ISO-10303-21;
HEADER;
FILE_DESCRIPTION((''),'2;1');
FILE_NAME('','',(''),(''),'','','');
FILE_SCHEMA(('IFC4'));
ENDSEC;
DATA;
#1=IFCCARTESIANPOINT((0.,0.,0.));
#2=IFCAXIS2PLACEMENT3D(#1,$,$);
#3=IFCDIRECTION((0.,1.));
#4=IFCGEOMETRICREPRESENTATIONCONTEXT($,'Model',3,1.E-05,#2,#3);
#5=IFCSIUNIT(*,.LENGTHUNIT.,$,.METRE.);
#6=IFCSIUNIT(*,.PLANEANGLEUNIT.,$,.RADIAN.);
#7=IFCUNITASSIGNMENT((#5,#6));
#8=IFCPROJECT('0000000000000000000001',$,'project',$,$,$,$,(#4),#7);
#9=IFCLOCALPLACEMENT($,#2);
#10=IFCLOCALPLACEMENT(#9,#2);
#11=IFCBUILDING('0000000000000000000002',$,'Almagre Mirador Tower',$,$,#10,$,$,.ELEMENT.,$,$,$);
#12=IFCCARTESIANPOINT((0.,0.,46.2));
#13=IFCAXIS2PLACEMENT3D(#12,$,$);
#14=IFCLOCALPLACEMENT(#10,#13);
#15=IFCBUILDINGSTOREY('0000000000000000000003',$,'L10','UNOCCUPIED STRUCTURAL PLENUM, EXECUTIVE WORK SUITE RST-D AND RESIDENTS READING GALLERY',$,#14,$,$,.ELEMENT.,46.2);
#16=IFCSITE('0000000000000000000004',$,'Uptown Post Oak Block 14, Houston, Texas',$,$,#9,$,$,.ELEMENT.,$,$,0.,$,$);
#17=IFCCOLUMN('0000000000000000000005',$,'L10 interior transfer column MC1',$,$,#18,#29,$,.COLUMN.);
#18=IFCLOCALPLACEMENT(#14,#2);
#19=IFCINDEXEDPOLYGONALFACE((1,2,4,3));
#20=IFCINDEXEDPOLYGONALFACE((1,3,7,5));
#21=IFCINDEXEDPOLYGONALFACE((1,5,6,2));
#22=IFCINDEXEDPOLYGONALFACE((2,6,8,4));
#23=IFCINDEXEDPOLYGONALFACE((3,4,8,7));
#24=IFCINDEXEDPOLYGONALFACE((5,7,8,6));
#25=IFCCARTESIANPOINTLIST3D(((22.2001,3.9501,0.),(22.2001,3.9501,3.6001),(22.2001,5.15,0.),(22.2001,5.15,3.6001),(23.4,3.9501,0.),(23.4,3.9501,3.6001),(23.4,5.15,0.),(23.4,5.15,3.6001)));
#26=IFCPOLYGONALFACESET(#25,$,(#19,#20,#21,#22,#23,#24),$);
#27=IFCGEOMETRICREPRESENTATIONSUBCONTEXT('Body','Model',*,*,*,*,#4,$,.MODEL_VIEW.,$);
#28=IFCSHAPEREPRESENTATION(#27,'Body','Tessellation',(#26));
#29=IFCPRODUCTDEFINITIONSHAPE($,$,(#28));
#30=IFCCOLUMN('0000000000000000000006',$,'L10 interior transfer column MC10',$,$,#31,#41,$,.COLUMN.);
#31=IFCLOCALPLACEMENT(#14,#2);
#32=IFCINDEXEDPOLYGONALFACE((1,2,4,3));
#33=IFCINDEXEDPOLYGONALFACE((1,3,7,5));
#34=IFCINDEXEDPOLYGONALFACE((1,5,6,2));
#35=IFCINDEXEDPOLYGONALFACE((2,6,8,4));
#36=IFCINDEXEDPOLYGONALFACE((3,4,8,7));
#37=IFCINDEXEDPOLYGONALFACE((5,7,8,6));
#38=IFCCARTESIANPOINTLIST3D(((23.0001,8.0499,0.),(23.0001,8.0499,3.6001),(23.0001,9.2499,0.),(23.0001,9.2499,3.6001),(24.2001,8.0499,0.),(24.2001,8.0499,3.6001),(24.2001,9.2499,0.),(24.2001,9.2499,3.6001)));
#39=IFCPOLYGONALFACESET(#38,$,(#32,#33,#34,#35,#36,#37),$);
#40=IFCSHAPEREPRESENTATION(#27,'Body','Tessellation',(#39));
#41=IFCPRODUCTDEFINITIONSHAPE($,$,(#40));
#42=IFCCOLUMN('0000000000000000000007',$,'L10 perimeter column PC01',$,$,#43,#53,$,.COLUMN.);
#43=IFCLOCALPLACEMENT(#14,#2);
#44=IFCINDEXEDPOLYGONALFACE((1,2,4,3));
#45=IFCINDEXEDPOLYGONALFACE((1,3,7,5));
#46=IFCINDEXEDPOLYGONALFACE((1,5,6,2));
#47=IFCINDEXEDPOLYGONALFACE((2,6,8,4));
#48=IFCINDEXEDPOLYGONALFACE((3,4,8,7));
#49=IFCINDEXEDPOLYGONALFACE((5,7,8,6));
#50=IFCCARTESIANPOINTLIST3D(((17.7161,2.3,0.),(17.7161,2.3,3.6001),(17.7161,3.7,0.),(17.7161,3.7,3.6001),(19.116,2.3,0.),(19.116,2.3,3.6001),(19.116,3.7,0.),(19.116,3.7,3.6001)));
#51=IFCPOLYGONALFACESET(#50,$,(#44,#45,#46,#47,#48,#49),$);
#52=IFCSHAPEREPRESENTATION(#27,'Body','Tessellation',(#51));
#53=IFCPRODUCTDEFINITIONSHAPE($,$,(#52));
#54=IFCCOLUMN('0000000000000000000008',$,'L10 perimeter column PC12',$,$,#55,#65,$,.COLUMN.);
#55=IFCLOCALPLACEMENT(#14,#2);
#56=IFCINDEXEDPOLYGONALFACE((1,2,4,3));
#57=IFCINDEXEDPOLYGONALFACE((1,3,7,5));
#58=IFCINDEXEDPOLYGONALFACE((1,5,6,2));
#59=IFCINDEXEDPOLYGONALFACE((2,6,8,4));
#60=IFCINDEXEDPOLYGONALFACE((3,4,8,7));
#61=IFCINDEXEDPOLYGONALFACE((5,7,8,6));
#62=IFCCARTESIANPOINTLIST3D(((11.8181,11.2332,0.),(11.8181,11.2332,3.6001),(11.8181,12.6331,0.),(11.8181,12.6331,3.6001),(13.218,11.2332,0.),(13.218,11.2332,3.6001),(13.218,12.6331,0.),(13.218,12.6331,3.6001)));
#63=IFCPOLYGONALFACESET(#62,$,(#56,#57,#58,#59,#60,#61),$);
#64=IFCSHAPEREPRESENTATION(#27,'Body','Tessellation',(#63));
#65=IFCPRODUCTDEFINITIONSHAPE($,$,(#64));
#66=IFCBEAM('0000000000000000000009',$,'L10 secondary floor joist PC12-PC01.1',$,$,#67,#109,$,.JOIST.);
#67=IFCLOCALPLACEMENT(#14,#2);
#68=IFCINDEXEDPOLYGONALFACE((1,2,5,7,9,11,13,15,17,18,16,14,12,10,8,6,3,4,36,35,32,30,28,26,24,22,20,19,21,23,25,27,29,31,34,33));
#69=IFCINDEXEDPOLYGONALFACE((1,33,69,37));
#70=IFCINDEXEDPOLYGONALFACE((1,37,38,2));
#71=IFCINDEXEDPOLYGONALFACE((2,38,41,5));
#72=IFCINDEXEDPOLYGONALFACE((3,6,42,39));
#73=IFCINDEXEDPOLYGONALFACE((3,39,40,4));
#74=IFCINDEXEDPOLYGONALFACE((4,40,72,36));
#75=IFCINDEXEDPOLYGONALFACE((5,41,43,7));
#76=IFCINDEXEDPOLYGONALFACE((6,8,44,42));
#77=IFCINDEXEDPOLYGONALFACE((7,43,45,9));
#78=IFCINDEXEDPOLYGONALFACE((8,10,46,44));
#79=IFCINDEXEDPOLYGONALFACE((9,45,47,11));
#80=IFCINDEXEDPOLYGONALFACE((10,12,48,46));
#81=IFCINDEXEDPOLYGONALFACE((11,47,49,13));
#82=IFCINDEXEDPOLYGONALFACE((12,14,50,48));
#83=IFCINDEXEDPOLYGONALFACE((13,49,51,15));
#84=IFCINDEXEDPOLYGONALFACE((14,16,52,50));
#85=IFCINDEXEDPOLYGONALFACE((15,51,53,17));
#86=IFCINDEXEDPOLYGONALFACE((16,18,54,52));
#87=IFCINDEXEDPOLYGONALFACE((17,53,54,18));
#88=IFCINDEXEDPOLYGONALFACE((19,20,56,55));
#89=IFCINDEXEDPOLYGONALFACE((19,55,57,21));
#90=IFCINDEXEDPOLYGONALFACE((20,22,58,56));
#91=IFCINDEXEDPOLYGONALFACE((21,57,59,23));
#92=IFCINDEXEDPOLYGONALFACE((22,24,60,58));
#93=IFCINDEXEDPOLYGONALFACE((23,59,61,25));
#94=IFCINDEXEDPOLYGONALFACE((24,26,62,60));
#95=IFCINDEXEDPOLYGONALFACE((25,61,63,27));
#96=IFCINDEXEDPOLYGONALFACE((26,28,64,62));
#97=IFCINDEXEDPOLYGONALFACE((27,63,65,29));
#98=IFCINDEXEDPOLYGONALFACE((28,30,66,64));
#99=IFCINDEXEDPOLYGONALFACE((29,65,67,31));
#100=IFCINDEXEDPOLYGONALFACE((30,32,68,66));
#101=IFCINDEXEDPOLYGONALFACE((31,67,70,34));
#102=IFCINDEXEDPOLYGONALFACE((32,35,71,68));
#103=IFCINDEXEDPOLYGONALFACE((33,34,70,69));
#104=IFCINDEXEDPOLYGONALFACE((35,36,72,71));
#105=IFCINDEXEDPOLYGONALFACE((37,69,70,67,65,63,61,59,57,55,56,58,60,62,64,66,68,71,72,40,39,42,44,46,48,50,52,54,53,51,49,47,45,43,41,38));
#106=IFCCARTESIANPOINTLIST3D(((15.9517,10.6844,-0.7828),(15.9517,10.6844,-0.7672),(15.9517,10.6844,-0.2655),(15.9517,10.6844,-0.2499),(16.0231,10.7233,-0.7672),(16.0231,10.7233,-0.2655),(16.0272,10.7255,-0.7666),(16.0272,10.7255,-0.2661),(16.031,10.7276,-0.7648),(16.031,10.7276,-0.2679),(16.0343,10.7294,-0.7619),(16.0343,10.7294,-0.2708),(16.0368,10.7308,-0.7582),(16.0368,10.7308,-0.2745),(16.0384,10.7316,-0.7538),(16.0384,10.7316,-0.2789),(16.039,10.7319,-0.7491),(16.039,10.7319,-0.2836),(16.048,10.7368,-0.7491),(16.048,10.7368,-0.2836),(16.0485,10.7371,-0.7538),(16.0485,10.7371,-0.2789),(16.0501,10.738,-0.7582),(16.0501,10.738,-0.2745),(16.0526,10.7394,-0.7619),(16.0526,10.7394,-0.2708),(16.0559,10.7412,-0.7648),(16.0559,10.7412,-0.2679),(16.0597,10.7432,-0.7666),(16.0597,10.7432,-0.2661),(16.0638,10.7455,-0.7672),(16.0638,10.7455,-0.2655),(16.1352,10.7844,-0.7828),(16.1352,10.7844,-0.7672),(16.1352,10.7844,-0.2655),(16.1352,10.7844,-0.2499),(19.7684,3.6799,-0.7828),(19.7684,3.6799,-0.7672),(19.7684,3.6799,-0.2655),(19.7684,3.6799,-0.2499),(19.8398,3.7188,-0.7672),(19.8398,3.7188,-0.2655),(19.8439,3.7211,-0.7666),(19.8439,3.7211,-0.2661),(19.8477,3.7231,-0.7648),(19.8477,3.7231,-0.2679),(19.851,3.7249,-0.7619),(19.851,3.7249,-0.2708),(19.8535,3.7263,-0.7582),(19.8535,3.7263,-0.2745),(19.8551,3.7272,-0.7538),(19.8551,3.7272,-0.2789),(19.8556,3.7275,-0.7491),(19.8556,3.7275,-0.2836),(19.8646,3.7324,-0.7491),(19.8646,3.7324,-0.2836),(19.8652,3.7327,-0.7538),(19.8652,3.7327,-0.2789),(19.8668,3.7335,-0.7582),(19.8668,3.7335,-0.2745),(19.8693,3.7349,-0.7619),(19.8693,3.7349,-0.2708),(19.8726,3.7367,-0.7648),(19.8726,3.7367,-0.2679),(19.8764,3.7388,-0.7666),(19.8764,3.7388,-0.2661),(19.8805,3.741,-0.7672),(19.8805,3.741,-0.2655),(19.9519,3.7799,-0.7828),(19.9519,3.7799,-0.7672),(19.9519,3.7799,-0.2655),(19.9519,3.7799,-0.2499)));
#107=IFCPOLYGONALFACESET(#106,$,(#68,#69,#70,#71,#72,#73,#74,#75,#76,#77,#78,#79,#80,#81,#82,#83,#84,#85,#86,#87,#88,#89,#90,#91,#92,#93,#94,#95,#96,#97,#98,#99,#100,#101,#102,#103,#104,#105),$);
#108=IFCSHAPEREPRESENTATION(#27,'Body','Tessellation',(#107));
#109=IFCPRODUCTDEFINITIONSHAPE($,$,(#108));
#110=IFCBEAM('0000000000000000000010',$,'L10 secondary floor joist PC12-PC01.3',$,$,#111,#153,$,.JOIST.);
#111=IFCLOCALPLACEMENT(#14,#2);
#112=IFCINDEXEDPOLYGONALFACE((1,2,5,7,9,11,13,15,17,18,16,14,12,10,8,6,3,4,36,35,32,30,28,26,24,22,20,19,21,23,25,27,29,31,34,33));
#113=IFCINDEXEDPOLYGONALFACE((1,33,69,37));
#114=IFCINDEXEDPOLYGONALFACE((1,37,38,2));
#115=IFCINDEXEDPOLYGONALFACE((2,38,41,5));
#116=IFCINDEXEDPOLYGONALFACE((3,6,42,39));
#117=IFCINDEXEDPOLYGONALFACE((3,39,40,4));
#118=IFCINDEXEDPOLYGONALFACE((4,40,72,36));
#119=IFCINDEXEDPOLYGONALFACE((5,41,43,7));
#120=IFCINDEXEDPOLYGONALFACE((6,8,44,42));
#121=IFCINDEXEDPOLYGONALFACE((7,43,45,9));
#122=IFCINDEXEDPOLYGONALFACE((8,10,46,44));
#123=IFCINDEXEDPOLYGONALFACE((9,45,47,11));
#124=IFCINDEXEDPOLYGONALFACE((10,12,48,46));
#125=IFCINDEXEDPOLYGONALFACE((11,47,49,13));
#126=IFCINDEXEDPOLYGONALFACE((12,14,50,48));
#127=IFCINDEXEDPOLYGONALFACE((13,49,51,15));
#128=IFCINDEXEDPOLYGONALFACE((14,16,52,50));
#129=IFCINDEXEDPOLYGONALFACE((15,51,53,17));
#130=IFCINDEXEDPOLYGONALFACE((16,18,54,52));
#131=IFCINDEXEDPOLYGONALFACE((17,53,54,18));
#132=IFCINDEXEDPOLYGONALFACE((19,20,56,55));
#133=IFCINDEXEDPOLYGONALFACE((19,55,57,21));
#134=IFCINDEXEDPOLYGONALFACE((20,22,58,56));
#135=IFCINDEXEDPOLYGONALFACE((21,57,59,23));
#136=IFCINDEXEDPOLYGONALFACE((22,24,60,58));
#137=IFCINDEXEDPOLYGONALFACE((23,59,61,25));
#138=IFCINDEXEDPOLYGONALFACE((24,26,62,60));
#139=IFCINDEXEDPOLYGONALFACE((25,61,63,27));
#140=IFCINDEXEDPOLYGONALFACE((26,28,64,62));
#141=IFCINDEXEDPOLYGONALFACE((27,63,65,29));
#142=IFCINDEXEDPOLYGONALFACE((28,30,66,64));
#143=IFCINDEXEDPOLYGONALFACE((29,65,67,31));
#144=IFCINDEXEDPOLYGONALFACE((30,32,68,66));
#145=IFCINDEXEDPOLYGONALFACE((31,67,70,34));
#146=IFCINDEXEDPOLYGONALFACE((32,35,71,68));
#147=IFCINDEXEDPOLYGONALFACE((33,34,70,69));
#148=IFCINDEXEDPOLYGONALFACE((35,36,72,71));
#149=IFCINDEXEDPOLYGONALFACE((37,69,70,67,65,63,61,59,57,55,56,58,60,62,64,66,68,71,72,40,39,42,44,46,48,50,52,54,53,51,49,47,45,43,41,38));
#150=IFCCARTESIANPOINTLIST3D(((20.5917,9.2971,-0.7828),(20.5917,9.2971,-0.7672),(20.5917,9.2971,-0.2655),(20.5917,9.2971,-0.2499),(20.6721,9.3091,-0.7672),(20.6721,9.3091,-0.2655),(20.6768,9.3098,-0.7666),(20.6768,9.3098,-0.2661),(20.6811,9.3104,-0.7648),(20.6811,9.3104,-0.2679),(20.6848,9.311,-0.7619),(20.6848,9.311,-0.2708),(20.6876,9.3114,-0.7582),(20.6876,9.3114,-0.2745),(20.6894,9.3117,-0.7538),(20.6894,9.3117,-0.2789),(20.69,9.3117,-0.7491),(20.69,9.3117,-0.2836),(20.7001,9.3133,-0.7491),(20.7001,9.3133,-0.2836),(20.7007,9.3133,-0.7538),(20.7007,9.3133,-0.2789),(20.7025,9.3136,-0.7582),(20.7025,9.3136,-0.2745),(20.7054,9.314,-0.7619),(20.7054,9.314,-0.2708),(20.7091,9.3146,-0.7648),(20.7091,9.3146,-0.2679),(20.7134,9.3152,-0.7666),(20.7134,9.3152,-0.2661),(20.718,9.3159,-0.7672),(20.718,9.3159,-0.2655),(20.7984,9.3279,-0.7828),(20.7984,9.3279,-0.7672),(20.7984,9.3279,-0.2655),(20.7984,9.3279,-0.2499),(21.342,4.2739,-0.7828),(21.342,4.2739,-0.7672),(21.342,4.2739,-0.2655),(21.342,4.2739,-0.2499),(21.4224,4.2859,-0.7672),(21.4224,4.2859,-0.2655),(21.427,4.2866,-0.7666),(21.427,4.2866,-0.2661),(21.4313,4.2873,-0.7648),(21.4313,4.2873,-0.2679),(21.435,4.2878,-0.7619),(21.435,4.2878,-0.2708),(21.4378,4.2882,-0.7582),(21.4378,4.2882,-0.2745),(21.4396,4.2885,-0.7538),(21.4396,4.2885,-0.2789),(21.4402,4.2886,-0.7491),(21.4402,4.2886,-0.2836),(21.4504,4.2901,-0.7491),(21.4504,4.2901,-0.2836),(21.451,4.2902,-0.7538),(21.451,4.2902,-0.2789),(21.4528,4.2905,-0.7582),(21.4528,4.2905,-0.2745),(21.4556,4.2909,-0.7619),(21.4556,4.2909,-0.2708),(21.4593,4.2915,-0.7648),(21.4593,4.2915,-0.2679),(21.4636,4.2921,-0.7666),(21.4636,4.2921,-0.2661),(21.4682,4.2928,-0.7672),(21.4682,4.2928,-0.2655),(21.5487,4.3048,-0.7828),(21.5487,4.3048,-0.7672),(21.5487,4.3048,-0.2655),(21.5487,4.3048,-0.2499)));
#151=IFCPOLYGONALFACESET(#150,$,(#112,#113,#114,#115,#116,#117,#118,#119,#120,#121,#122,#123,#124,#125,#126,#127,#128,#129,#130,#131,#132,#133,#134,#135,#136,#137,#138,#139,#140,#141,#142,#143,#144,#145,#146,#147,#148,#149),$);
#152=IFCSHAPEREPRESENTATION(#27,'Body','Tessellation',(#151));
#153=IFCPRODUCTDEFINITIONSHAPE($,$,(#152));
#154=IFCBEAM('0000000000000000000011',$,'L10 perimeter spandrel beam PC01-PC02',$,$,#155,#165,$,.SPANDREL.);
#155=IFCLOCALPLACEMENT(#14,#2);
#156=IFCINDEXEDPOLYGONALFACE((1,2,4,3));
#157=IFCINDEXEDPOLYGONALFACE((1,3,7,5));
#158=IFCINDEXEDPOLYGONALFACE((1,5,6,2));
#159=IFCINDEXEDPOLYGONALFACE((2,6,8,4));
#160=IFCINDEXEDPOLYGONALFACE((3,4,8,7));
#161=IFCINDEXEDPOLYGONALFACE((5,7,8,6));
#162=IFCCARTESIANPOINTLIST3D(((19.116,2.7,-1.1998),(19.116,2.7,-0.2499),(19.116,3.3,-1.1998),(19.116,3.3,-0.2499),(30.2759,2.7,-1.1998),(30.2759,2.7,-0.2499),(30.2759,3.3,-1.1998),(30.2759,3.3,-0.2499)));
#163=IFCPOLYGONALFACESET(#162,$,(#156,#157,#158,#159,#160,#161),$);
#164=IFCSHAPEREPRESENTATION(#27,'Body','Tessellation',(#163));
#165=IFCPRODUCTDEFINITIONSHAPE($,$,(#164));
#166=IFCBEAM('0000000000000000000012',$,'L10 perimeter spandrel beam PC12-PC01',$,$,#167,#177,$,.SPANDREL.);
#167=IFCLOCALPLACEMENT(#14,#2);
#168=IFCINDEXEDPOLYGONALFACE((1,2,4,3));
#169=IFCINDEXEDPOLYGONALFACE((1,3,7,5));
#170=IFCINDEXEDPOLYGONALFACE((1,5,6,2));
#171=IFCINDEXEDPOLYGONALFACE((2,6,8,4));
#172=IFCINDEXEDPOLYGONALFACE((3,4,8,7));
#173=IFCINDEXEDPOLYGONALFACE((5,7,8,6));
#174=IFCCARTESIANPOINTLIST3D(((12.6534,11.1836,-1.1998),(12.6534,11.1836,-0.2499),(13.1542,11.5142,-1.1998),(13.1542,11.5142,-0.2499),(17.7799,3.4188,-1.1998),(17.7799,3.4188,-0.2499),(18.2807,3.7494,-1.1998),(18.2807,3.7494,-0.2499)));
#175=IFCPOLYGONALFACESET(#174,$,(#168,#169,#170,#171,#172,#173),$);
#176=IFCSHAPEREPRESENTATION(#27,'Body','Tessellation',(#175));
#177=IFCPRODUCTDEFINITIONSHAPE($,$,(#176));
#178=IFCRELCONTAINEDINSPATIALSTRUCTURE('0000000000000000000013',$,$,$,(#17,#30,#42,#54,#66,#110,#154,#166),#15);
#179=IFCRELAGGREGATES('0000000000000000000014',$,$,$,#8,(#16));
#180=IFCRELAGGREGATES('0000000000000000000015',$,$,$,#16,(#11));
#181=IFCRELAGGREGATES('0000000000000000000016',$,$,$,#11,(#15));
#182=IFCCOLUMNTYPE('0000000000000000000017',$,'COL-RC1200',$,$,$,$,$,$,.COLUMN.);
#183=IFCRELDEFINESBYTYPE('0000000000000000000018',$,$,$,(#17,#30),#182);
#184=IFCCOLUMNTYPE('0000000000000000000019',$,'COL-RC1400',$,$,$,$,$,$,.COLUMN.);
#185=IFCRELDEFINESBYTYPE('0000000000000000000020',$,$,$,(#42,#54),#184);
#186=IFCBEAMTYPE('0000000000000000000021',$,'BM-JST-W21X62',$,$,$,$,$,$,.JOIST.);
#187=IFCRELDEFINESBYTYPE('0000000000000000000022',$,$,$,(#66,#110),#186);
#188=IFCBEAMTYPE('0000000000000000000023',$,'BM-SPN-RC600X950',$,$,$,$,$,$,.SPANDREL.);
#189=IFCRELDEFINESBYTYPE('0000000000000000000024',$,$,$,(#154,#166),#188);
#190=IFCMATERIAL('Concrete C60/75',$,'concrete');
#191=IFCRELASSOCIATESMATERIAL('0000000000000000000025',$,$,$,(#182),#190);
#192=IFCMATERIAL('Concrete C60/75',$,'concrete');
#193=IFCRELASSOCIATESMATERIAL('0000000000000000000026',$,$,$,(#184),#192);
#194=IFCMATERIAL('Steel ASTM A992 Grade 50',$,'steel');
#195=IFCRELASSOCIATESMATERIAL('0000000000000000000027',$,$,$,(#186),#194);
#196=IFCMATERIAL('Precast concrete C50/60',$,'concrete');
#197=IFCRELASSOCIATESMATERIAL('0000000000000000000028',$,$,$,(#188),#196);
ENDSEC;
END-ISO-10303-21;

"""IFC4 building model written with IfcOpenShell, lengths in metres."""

from ifc_helpers import new_model, si_unit, direction, frame, origin, origin_2d, place, context, subcontext, project, spatial, rectangle, i_section, extrude, material, material_profile, profile_set, type_object, element, save


model = new_model("IFC4")

# Units and contexts
model_context = context("Model", 3, precision=1e-05, world=origin(), true_north=direction((0.0, 1.0)))
body_context = subcontext(model_context, "Body", "Model", "MODEL_VIEW")
ifc_project = project(units=[si_unit("LENGTHUNIT", "METRE"), si_unit("PLANEANGLEUNIT", "RADIAN")], contexts=[model_context])

# Site, building, storey
site_placement = place(None, origin())
site = spatial("IfcSite", under=ifc_project, at=site_placement, Name="Uptown Post Oak Block 14, Houston, Texas", CompositionType="ELEMENT", RefElevation=0.0)
building_placement = place(site_placement, origin())
building = spatial("IfcBuilding", under=site, at=building_placement, Name="Almagre Mirador Tower", CompositionType="ELEMENT")
storey_placement = place(building_placement, frame((0.0, 0.0, 46.2)))
storey = spatial("IfcBuildingStorey", under=building, at=storey_placement, Name="L10", Description="UNOCCUPIED STRUCTURAL PLENUM, EXECUTIVE WORK SUITE RST-D AND RESIDENTS READING GALLERY", CompositionType="ELEMENT", Elevation=46.2)

# Columns
ifc_material_1 = material(Name="Concrete C60/75", Category="concrete")
ifc_material_profile_1 = material_profile(ifc_material_1, rectangle(XDim=1.2, YDim=1.2, at=origin_2d()), Name="RC1200X1200")
ifc_profile_set_1 = profile_set([ifc_material_profile_1], Name="Concrete C60/75")
column_type_1 = type_object("IfcColumnType", Name="COL-RC1200", PredefinedType="COLUMN", material=ifc_profile_set_1)
for number, where, z_axis, x_axis, name in (
    (1, (22.8, 4.55, 0.0), (0.0, 0.0, 1.0), (1.0, 0.0, 0.0), "L10 interior transfer column MC1"),
    (2, (23.6001, 8.6499, 0.0), (0.0, 0.0, 1.0), (1.0, 0.0, 0.0), "L10 interior transfer column MC10"),
):
    element("IfcColumn", number, at=place(storey_placement, frame(where, z_axis=z_axis, x_axis=x_axis)), inside=storey, type_object=column_type_1, Name=name, PredefinedType="COLUMN", context=body_context, shape_type="SweptSolid", body=[
        extrude(rectangle(XDim=1.2, YDim=1.2, at=origin_2d()), origin(), (0.0, 0.0, 1.0), 3.6001),
    ])
ifc_material_2 = material(Name="Concrete C60/75", Category="concrete")
ifc_material_profile_2 = material_profile(ifc_material_2, rectangle(XDim=1.3999, YDim=1.3999, at=origin_2d()), Name="RC1400X1400")
ifc_profile_set_2 = profile_set([ifc_material_profile_2], Name="Concrete C60/75")
column_type_2 = type_object("IfcColumnType", Name="COL-RC1400", PredefinedType="COLUMN", material=ifc_profile_set_2)
for number, where, z_axis, x_axis, name in (
    (3, (18.416, 3.0, 0.0), (0.0, 0.0, 1.0), (1.0, 0.0, 0.0), "L10 perimeter column PC01"),
    (4, (12.5181, 11.9331, 0.0), (0.0, 0.0, 1.0), (1.0, 0.0, 0.0), "L10 perimeter column PC12"),
):
    element("IfcColumn", number, at=place(storey_placement, frame(where, z_axis=z_axis, x_axis=x_axis)), inside=storey, type_object=column_type_2, Name=name, PredefinedType="COLUMN", context=body_context, shape_type="SweptSolid", body=[
        extrude(rectangle(XDim=1.3999, YDim=1.3999, at=origin_2d()), origin(), (0.0, 0.0, 1.0), 3.6001),
    ])

# Beams
ifc_material_3 = material(Name="Steel ASTM A992 Grade 50", Category="steel")
ifc_material_profile_3 = material_profile(ifc_material_3, i_section(OverallWidth=0.209, OverallDepth=0.533, WebThickness=0.0103, FlangeThickness=0.0156, FilletRadius=0.0181, at=origin_2d()), Name="W21X62")
ifc_profile_set_3 = profile_set([ifc_material_profile_3], Name="Steel ASTM A992 Grade 50")
beam_type_1 = type_object("IfcBeamType", Name="BM-JST-W21X62", PredefinedType="JOIST", material=ifc_profile_set_3)
beam_1_placement = place(storey_placement, frame((16.0435, 10.7344, -0.5164), z_axis=(0.478473, -0.878103, 0.0), x_axis=(0.878103, 0.478473, 0.0)))
element("IfcBeam", 5, at=beam_1_placement, inside=storey, type_object=beam_type_1, Name="L10 secondary floor joist PC12-PC01.1", PredefinedType="JOIST", context=body_context, shape_type="SweptSolid", body=[
    extrude(i_section(OverallWidth=0.209, OverallDepth=0.533, WebThickness=0.0103, FlangeThickness=0.0156, FilletRadius=0.0181, at=origin_2d()), origin(), (0.0, 0.0, 1.0), 7.9768),
])
beam_2_placement = place(storey_placement, frame((20.6951, 9.3125, -0.5164), z_axis=(0.147718, -0.98903, 0.0), x_axis=(0.98903, 0.147718, 0.0)))
element("IfcBeam", 6, at=beam_2_placement, inside=storey, type_object=beam_type_1, Name="L10 secondary floor joist PC12-PC01.3", PredefinedType="JOIST", context=body_context, shape_type="SweptSolid", body=[
    extrude(i_section(OverallWidth=0.209, OverallDepth=0.533, WebThickness=0.0103, FlangeThickness=0.0156, FilletRadius=0.0181, at=origin_2d()), origin(), (0.0, 0.0, 1.0), 5.0789),
])
ifc_material_4 = material(Name="Precast concrete C50/60", Category="concrete")
ifc_material_profile_4 = material_profile(ifc_material_4, rectangle(XDim=0.6001, YDim=0.95, at=origin_2d()), Name="RC600X950")
ifc_profile_set_4 = profile_set([ifc_material_profile_4], Name="Precast concrete C50/60")
beam_type_2 = type_object("IfcBeamType", Name="BM-SPN-RC600X950", PredefinedType="SPANDREL", material=ifc_profile_set_4)
beam_3_placement = place(storey_placement, frame((19.116, 3.0, -0.7249), z_axis=(1.0, 0.0, 0.0), x_axis=(0.0, 1.0, 0.0)))
element("IfcBeam", 7, at=beam_3_placement, inside=storey, type_object=beam_type_2, Name="L10 perimeter spandrel beam PC01-PC02", PredefinedType="SPANDREL", context=body_context, shape_type="SweptSolid", body=[
    extrude(rectangle(XDim=0.6001, YDim=0.95, at=origin_2d()), origin(), (0.0, 0.0, 1.0), 11.1599),
])
beam_4_placement = place(storey_placement, frame((12.9038, 11.3489, -0.7249), z_axis=(0.550977, -0.834521, 0.0), x_axis=(0.834521, 0.550977, 0.0)))
element("IfcBeam", 8, at=beam_4_placement, inside=storey, type_object=beam_type_2, Name="L10 perimeter spandrel beam PC12-PC01", PredefinedType="SPANDREL", context=body_context, shape_type="SweptSolid", body=[
    extrude(rectangle(XDim=0.6001, YDim=0.95, at=origin_2d()), origin(), (0.0, 0.0, 1.0), 9.3044),
])

save(model, "model.ifc")
